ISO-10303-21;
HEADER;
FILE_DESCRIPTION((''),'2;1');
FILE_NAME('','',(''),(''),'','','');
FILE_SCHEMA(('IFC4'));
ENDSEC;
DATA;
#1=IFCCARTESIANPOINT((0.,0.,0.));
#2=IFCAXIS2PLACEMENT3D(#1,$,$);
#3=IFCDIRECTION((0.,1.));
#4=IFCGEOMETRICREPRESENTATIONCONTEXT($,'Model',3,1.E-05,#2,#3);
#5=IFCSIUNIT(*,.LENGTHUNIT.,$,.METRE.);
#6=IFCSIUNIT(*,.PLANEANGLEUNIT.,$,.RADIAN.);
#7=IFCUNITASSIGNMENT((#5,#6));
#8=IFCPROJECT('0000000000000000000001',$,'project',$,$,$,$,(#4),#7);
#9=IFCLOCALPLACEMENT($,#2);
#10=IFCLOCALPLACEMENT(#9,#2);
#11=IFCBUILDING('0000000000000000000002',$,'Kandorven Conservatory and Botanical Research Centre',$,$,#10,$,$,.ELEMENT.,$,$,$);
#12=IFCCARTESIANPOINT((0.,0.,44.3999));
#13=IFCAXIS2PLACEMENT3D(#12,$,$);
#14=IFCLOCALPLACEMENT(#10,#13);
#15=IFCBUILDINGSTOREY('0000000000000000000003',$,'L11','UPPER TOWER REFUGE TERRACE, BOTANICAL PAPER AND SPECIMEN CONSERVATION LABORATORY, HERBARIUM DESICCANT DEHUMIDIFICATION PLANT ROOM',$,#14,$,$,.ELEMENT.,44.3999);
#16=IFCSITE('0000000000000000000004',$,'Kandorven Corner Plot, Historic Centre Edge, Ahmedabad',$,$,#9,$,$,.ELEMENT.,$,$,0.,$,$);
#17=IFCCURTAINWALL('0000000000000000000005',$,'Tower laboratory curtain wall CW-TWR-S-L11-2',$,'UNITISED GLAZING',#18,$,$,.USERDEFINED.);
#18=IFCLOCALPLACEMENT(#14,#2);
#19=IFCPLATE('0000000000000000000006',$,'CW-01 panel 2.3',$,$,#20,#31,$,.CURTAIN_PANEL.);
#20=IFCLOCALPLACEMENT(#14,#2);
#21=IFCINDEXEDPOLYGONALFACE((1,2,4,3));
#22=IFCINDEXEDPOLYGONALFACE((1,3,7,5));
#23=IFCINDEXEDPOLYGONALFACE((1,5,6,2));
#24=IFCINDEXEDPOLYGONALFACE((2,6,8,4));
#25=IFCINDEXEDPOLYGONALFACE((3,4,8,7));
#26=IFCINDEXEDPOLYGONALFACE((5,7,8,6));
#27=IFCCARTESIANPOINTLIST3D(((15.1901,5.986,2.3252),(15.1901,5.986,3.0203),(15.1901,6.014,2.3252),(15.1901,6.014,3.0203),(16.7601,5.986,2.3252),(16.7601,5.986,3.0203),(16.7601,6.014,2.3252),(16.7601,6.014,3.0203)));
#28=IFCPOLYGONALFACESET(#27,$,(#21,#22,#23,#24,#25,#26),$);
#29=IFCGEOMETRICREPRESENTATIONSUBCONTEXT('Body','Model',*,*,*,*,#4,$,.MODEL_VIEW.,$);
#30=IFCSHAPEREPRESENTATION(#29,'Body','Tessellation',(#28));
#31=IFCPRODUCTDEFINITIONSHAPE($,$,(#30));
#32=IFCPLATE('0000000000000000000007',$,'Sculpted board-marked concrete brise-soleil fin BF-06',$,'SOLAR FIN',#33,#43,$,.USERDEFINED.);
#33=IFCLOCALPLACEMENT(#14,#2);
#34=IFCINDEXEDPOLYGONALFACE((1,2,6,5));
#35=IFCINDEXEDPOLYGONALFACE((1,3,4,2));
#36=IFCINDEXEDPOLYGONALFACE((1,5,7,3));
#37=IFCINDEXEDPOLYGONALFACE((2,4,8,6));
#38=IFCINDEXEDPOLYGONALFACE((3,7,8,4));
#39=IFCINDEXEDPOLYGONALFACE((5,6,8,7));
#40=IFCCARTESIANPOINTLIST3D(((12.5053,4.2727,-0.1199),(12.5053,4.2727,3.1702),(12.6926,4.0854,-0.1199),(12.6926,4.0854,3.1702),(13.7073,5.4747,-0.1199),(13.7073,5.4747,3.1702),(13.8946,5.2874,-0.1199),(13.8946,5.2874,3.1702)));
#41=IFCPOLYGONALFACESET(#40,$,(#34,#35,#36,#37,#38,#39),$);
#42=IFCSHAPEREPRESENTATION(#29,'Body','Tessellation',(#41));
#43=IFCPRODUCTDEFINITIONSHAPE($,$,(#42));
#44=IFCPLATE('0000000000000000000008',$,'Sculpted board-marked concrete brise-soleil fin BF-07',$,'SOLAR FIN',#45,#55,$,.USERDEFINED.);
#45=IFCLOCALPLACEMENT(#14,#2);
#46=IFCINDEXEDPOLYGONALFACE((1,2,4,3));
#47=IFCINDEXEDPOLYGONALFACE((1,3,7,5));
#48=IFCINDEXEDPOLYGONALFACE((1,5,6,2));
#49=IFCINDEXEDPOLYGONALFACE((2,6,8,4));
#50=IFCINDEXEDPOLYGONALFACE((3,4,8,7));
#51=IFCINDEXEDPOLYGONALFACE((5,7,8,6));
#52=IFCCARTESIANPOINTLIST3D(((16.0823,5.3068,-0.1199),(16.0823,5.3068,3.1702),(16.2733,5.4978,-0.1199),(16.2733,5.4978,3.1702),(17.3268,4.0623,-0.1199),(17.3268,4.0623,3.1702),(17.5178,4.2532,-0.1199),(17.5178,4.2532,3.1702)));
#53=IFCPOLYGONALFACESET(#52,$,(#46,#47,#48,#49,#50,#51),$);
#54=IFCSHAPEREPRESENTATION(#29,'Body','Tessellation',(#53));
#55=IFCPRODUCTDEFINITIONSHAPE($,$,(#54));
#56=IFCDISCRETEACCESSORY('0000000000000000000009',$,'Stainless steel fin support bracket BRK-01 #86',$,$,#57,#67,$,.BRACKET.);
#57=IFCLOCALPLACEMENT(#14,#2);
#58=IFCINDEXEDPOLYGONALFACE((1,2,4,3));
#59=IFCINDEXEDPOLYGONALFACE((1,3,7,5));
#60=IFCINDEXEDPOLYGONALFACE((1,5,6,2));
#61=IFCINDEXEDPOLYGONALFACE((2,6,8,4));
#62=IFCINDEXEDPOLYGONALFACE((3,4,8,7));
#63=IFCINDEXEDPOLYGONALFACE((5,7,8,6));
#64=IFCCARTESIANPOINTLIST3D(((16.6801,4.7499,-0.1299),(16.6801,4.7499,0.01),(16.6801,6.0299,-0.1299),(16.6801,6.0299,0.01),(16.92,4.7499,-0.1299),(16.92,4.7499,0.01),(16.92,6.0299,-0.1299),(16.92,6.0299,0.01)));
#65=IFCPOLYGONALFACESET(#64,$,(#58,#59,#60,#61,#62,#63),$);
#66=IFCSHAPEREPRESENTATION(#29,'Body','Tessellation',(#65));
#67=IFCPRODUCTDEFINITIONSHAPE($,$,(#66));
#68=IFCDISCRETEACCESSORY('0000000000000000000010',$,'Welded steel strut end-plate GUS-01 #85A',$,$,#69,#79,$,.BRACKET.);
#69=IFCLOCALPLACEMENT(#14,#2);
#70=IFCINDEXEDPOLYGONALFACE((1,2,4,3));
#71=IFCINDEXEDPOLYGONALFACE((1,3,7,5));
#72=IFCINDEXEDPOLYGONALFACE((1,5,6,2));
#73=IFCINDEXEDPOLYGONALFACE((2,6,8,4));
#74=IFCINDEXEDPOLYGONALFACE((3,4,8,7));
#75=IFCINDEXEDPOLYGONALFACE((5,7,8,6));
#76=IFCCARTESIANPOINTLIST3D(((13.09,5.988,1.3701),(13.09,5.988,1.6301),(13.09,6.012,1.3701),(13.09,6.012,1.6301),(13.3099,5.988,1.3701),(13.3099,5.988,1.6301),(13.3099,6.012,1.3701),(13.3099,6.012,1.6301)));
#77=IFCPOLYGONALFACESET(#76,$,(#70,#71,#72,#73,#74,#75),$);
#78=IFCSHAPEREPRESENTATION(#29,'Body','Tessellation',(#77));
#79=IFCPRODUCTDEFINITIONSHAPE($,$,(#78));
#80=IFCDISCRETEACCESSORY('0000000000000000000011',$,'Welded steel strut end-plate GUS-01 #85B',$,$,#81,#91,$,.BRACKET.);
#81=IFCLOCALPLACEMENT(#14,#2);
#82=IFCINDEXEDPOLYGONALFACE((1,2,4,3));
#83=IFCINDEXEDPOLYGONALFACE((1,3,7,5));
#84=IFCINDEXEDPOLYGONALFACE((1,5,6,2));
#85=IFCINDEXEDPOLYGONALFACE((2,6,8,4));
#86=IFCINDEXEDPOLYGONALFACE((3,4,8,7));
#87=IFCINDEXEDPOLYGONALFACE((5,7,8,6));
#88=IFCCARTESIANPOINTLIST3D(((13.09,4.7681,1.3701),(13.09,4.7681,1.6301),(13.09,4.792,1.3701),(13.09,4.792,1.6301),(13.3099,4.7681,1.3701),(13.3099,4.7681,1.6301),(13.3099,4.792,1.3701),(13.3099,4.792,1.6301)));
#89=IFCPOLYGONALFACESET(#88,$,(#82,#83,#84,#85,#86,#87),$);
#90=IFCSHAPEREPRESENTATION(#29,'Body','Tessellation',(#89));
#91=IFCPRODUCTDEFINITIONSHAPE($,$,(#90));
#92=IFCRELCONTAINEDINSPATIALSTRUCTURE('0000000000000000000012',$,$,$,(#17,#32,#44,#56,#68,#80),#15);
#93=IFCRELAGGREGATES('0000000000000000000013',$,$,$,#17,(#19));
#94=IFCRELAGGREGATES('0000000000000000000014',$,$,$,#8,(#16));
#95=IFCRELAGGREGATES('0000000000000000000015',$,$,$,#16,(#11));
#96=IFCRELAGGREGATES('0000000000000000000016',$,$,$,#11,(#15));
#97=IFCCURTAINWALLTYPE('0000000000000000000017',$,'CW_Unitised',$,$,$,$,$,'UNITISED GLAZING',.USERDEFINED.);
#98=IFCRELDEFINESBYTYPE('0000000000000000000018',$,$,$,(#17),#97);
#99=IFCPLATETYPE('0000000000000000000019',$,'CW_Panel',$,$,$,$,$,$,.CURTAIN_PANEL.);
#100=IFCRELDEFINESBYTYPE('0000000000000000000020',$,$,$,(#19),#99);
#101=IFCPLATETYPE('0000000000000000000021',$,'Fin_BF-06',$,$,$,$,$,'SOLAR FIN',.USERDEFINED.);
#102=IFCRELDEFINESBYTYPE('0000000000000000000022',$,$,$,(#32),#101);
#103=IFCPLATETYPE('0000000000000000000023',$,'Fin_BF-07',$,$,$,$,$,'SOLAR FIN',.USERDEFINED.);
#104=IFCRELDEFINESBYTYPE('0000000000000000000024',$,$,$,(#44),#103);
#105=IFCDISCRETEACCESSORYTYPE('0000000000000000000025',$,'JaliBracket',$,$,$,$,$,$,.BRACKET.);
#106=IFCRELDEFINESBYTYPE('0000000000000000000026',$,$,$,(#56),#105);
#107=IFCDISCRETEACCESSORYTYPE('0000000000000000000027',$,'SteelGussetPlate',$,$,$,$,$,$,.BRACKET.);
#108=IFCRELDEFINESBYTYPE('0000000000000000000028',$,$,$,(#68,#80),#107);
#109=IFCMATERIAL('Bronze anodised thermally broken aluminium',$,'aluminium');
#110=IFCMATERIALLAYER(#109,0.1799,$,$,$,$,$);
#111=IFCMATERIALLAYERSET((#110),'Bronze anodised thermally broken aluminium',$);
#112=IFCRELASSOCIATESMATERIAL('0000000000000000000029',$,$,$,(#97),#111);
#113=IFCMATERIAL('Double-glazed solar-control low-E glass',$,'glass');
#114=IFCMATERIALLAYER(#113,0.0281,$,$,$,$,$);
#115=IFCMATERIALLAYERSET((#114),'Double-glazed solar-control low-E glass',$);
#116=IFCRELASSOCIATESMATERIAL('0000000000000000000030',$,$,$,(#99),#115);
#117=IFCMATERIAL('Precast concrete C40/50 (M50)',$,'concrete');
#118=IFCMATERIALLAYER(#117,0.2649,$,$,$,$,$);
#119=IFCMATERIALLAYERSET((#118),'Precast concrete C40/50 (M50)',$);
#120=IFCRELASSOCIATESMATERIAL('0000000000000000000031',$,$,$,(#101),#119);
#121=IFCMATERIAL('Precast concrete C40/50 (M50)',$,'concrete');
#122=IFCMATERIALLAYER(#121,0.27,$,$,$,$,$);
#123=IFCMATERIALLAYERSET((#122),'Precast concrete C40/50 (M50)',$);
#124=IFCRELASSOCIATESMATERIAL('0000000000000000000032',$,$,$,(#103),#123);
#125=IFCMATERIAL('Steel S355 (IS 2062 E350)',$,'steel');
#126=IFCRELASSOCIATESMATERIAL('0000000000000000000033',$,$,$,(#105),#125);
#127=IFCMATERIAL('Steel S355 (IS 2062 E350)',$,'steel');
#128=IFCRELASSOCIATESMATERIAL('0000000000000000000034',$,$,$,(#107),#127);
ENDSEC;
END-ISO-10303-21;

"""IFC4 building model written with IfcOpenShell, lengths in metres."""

from ifc_helpers import new_model, si_unit, direction, frame, origin, origin_2d, place, context, subcontext, project, spatial, rectangle, extrude, material, layer, layer_set, type_object, element, aggregate, save


model = new_model("IFC4")

# Units and contexts
model_context = context("Model", 3, precision=1e-05, world=origin(), true_north=direction((0.0, 1.0)))
body_context = subcontext(model_context, "Body", "Model", "MODEL_VIEW")
ifc_project = project(units=[si_unit("LENGTHUNIT", "METRE"), si_unit("PLANEANGLEUNIT", "RADIAN")], contexts=[model_context])

# Site, building, storey
site_placement = place(None, origin())
site = spatial("IfcSite", under=ifc_project, at=site_placement, Name="Kandorven Corner Plot, Historic Centre Edge, Ahmedabad", CompositionType="ELEMENT", RefElevation=0.0)
building_placement = place(site_placement, origin())
building = spatial("IfcBuilding", under=site, at=building_placement, Name="Kandorven Conservatory and Botanical Research Centre", CompositionType="ELEMENT")
storey_placement = place(building_placement, frame((0.0, 0.0, 44.3999)))
storey = spatial("IfcBuildingStorey", under=building, at=storey_placement, Name="L11", Description="UPPER TOWER REFUGE TERRACE, BOTANICAL PAPER AND SPECIMEN CONSERVATION LABORATORY, HERBARIUM DESICCANT DEHUMIDIFICATION PLANT ROOM", CompositionType="ELEMENT", Elevation=44.3999)

# Curtain wall
ifc_material_1 = material(Name="Bronze anodised thermally broken aluminium", Category="aluminium")
ifc_layer_1 = layer(ifc_material_1, 0.1799)
ifc_layer_set_1 = layer_set([ifc_layer_1], Name="Bronze anodised thermally broken aluminium")
curtain_wall_type = type_object("IfcCurtainWallType", Name="CW_Unitised", ElementType="UNITISED GLAZING", PredefinedType="USERDEFINED", material=ifc_layer_set_1)
curtain_wall_placement = place(storey_placement, origin())
curtain_wall = element("IfcCurtainWall", 1, at=curtain_wall_placement, inside=storey, type_object=curtain_wall_type, Name="Tower laboratory curtain wall CW-TWR-S-L11-2", ObjectType="UNITISED GLAZING", PredefinedType="USERDEFINED")

# Plate
ifc_material_2 = material(Name="Double-glazed solar-control low-E glass", Category="glass")
ifc_layer_2 = layer(ifc_material_2, 0.0281)
ifc_layer_set_2 = layer_set([ifc_layer_2], Name="Double-glazed solar-control low-E glass")
plate_type_1 = type_object("IfcPlateType", Name="CW_Panel", PredefinedType="CURTAIN_PANEL", material=ifc_layer_set_2)
plate_1_placement = place(storey_placement, frame((15.9751, 6.0, 2.3252), z_axis=(0.0, 0.0, 1.0), x_axis=(1.0, 0.0, 0.0)))
plate_1 = element("IfcPlate", 2, at=plate_1_placement, type_object=plate_type_1, Name="CW-01 panel 2.3", PredefinedType="CURTAIN_PANEL", context=body_context, shape_type="SweptSolid", body=[
    extrude(rectangle(XDim=1.5701, YDim=0.0281, at=origin_2d()), origin(), (0.0, 0.0, 1.0), 0.6951),
])
aggregate(curtain_wall, [plate_1])

# Plates
ifc_material_3 = material(Name="Precast concrete C40/50 (M50)", Category="concrete")
ifc_layer_3 = layer(ifc_material_3, 0.2649)
ifc_layer_set_3 = layer_set([ifc_layer_3], Name="Precast concrete C40/50 (M50)")
plate_type_2 = type_object("IfcPlateType", Name="Fin_BF-06", ElementType="SOLAR FIN", PredefinedType="USERDEFINED", material=ifc_layer_set_3)
plate_2_placement = place(storey_placement, frame((13.2, 4.78, -0.1199), z_axis=(0.0, 0.0, 1.0), x_axis=(0.707107, 0.707107, 0.0)))
element("IfcPlate", 3, at=plate_2_placement, inside=storey, type_object=plate_type_2, Name="Sculpted board-marked concrete brise-soleil fin BF-06", ObjectType="SOLAR FIN", PredefinedType="USERDEFINED", context=body_context, shape_type="SweptSolid", body=[
    extrude(rectangle(XDim=1.7, YDim=0.2649, at=origin_2d()), origin(), (0.0, 0.0, 1.0), 3.29),
])
ifc_material_4 = material(Name="Precast concrete C40/50 (M50)", Category="concrete")
ifc_layer_4 = layer(ifc_material_4, 0.27)
ifc_layer_set_4 = layer_set([ifc_layer_4], Name="Precast concrete C40/50 (M50)")
plate_type_3 = type_object("IfcPlateType", Name="Fin_BF-07", ElementType="SOLAR FIN", PredefinedType="USERDEFINED", material=ifc_layer_set_4)
plate_3_placement = place(storey_placement, frame((16.8, 4.78, -0.1199), z_axis=(0.0, 0.0, 1.0), x_axis=(-0.707107, 0.707107, 0.0)))
element("IfcPlate", 4, at=plate_3_placement, inside=storey, type_object=plate_type_3, Name="Sculpted board-marked concrete brise-soleil fin BF-07", ObjectType="SOLAR FIN", PredefinedType="USERDEFINED", context=body_context, shape_type="SweptSolid", body=[
    extrude(rectangle(XDim=1.76, YDim=0.27, at=origin_2d()), origin(), (0.0, 0.0, 1.0), 3.29),
])

# Discrete accessories
ifc_material_5 = material(Name="Steel S355 (IS 2062 E350)", Category="steel")
discrete_accessory_type_1 = type_object("IfcDiscreteAccessoryType", Name="JaliBracket", PredefinedType="BRACKET", material=ifc_material_5)
discrete_accessory_placement = place(storey_placement, frame((16.8, 5.3899, -0.1299), z_axis=(0.0, 0.0, 1.0), x_axis=(1.0, 0.0, 0.0)))
element("IfcDiscreteAccessory", 5, at=discrete_accessory_placement, inside=storey, type_object=discrete_accessory_type_1, Name="Stainless steel fin support bracket BRK-01 #86", PredefinedType="BRACKET", context=body_context, shape_type="SweptSolid", body=[
    extrude(rectangle(XDim=0.24, YDim=1.28, at=origin_2d()), origin(), (0.0, 0.0, 1.0), 0.1399),
])
ifc_material_6 = material(Name="Steel S355 (IS 2062 E350)", Category="steel")
discrete_accessory_type_2 = type_object("IfcDiscreteAccessoryType", Name="SteelGussetPlate", PredefinedType="BRACKET", material=ifc_material_6)
for number, where, z_axis, x_axis, name in (
    (6, (13.2, 6.0, 1.3701), (0.0, 0.0, 1.0), (1.0, 0.0, 0.0), "Welded steel strut end-plate GUS-01 #85A"),
    (7, (13.2, 4.78, 1.3701), (0.0, 0.0, 1.0), (1.0, 0.0, 0.0), "Welded steel strut end-plate GUS-01 #85B"),
):
    element("IfcDiscreteAccessory", number, at=place(storey_placement, frame(where, z_axis=z_axis, x_axis=x_axis)), inside=storey, type_object=discrete_accessory_type_2, Name=name, PredefinedType="BRACKET", context=body_context, shape_type="SweptSolid", body=[
        extrude(rectangle(XDim=0.22, YDim=0.0239, at=origin_2d()), origin(), (0.0, 0.0, 1.0), 0.26),
    ])

save(model, "model.ifc")
